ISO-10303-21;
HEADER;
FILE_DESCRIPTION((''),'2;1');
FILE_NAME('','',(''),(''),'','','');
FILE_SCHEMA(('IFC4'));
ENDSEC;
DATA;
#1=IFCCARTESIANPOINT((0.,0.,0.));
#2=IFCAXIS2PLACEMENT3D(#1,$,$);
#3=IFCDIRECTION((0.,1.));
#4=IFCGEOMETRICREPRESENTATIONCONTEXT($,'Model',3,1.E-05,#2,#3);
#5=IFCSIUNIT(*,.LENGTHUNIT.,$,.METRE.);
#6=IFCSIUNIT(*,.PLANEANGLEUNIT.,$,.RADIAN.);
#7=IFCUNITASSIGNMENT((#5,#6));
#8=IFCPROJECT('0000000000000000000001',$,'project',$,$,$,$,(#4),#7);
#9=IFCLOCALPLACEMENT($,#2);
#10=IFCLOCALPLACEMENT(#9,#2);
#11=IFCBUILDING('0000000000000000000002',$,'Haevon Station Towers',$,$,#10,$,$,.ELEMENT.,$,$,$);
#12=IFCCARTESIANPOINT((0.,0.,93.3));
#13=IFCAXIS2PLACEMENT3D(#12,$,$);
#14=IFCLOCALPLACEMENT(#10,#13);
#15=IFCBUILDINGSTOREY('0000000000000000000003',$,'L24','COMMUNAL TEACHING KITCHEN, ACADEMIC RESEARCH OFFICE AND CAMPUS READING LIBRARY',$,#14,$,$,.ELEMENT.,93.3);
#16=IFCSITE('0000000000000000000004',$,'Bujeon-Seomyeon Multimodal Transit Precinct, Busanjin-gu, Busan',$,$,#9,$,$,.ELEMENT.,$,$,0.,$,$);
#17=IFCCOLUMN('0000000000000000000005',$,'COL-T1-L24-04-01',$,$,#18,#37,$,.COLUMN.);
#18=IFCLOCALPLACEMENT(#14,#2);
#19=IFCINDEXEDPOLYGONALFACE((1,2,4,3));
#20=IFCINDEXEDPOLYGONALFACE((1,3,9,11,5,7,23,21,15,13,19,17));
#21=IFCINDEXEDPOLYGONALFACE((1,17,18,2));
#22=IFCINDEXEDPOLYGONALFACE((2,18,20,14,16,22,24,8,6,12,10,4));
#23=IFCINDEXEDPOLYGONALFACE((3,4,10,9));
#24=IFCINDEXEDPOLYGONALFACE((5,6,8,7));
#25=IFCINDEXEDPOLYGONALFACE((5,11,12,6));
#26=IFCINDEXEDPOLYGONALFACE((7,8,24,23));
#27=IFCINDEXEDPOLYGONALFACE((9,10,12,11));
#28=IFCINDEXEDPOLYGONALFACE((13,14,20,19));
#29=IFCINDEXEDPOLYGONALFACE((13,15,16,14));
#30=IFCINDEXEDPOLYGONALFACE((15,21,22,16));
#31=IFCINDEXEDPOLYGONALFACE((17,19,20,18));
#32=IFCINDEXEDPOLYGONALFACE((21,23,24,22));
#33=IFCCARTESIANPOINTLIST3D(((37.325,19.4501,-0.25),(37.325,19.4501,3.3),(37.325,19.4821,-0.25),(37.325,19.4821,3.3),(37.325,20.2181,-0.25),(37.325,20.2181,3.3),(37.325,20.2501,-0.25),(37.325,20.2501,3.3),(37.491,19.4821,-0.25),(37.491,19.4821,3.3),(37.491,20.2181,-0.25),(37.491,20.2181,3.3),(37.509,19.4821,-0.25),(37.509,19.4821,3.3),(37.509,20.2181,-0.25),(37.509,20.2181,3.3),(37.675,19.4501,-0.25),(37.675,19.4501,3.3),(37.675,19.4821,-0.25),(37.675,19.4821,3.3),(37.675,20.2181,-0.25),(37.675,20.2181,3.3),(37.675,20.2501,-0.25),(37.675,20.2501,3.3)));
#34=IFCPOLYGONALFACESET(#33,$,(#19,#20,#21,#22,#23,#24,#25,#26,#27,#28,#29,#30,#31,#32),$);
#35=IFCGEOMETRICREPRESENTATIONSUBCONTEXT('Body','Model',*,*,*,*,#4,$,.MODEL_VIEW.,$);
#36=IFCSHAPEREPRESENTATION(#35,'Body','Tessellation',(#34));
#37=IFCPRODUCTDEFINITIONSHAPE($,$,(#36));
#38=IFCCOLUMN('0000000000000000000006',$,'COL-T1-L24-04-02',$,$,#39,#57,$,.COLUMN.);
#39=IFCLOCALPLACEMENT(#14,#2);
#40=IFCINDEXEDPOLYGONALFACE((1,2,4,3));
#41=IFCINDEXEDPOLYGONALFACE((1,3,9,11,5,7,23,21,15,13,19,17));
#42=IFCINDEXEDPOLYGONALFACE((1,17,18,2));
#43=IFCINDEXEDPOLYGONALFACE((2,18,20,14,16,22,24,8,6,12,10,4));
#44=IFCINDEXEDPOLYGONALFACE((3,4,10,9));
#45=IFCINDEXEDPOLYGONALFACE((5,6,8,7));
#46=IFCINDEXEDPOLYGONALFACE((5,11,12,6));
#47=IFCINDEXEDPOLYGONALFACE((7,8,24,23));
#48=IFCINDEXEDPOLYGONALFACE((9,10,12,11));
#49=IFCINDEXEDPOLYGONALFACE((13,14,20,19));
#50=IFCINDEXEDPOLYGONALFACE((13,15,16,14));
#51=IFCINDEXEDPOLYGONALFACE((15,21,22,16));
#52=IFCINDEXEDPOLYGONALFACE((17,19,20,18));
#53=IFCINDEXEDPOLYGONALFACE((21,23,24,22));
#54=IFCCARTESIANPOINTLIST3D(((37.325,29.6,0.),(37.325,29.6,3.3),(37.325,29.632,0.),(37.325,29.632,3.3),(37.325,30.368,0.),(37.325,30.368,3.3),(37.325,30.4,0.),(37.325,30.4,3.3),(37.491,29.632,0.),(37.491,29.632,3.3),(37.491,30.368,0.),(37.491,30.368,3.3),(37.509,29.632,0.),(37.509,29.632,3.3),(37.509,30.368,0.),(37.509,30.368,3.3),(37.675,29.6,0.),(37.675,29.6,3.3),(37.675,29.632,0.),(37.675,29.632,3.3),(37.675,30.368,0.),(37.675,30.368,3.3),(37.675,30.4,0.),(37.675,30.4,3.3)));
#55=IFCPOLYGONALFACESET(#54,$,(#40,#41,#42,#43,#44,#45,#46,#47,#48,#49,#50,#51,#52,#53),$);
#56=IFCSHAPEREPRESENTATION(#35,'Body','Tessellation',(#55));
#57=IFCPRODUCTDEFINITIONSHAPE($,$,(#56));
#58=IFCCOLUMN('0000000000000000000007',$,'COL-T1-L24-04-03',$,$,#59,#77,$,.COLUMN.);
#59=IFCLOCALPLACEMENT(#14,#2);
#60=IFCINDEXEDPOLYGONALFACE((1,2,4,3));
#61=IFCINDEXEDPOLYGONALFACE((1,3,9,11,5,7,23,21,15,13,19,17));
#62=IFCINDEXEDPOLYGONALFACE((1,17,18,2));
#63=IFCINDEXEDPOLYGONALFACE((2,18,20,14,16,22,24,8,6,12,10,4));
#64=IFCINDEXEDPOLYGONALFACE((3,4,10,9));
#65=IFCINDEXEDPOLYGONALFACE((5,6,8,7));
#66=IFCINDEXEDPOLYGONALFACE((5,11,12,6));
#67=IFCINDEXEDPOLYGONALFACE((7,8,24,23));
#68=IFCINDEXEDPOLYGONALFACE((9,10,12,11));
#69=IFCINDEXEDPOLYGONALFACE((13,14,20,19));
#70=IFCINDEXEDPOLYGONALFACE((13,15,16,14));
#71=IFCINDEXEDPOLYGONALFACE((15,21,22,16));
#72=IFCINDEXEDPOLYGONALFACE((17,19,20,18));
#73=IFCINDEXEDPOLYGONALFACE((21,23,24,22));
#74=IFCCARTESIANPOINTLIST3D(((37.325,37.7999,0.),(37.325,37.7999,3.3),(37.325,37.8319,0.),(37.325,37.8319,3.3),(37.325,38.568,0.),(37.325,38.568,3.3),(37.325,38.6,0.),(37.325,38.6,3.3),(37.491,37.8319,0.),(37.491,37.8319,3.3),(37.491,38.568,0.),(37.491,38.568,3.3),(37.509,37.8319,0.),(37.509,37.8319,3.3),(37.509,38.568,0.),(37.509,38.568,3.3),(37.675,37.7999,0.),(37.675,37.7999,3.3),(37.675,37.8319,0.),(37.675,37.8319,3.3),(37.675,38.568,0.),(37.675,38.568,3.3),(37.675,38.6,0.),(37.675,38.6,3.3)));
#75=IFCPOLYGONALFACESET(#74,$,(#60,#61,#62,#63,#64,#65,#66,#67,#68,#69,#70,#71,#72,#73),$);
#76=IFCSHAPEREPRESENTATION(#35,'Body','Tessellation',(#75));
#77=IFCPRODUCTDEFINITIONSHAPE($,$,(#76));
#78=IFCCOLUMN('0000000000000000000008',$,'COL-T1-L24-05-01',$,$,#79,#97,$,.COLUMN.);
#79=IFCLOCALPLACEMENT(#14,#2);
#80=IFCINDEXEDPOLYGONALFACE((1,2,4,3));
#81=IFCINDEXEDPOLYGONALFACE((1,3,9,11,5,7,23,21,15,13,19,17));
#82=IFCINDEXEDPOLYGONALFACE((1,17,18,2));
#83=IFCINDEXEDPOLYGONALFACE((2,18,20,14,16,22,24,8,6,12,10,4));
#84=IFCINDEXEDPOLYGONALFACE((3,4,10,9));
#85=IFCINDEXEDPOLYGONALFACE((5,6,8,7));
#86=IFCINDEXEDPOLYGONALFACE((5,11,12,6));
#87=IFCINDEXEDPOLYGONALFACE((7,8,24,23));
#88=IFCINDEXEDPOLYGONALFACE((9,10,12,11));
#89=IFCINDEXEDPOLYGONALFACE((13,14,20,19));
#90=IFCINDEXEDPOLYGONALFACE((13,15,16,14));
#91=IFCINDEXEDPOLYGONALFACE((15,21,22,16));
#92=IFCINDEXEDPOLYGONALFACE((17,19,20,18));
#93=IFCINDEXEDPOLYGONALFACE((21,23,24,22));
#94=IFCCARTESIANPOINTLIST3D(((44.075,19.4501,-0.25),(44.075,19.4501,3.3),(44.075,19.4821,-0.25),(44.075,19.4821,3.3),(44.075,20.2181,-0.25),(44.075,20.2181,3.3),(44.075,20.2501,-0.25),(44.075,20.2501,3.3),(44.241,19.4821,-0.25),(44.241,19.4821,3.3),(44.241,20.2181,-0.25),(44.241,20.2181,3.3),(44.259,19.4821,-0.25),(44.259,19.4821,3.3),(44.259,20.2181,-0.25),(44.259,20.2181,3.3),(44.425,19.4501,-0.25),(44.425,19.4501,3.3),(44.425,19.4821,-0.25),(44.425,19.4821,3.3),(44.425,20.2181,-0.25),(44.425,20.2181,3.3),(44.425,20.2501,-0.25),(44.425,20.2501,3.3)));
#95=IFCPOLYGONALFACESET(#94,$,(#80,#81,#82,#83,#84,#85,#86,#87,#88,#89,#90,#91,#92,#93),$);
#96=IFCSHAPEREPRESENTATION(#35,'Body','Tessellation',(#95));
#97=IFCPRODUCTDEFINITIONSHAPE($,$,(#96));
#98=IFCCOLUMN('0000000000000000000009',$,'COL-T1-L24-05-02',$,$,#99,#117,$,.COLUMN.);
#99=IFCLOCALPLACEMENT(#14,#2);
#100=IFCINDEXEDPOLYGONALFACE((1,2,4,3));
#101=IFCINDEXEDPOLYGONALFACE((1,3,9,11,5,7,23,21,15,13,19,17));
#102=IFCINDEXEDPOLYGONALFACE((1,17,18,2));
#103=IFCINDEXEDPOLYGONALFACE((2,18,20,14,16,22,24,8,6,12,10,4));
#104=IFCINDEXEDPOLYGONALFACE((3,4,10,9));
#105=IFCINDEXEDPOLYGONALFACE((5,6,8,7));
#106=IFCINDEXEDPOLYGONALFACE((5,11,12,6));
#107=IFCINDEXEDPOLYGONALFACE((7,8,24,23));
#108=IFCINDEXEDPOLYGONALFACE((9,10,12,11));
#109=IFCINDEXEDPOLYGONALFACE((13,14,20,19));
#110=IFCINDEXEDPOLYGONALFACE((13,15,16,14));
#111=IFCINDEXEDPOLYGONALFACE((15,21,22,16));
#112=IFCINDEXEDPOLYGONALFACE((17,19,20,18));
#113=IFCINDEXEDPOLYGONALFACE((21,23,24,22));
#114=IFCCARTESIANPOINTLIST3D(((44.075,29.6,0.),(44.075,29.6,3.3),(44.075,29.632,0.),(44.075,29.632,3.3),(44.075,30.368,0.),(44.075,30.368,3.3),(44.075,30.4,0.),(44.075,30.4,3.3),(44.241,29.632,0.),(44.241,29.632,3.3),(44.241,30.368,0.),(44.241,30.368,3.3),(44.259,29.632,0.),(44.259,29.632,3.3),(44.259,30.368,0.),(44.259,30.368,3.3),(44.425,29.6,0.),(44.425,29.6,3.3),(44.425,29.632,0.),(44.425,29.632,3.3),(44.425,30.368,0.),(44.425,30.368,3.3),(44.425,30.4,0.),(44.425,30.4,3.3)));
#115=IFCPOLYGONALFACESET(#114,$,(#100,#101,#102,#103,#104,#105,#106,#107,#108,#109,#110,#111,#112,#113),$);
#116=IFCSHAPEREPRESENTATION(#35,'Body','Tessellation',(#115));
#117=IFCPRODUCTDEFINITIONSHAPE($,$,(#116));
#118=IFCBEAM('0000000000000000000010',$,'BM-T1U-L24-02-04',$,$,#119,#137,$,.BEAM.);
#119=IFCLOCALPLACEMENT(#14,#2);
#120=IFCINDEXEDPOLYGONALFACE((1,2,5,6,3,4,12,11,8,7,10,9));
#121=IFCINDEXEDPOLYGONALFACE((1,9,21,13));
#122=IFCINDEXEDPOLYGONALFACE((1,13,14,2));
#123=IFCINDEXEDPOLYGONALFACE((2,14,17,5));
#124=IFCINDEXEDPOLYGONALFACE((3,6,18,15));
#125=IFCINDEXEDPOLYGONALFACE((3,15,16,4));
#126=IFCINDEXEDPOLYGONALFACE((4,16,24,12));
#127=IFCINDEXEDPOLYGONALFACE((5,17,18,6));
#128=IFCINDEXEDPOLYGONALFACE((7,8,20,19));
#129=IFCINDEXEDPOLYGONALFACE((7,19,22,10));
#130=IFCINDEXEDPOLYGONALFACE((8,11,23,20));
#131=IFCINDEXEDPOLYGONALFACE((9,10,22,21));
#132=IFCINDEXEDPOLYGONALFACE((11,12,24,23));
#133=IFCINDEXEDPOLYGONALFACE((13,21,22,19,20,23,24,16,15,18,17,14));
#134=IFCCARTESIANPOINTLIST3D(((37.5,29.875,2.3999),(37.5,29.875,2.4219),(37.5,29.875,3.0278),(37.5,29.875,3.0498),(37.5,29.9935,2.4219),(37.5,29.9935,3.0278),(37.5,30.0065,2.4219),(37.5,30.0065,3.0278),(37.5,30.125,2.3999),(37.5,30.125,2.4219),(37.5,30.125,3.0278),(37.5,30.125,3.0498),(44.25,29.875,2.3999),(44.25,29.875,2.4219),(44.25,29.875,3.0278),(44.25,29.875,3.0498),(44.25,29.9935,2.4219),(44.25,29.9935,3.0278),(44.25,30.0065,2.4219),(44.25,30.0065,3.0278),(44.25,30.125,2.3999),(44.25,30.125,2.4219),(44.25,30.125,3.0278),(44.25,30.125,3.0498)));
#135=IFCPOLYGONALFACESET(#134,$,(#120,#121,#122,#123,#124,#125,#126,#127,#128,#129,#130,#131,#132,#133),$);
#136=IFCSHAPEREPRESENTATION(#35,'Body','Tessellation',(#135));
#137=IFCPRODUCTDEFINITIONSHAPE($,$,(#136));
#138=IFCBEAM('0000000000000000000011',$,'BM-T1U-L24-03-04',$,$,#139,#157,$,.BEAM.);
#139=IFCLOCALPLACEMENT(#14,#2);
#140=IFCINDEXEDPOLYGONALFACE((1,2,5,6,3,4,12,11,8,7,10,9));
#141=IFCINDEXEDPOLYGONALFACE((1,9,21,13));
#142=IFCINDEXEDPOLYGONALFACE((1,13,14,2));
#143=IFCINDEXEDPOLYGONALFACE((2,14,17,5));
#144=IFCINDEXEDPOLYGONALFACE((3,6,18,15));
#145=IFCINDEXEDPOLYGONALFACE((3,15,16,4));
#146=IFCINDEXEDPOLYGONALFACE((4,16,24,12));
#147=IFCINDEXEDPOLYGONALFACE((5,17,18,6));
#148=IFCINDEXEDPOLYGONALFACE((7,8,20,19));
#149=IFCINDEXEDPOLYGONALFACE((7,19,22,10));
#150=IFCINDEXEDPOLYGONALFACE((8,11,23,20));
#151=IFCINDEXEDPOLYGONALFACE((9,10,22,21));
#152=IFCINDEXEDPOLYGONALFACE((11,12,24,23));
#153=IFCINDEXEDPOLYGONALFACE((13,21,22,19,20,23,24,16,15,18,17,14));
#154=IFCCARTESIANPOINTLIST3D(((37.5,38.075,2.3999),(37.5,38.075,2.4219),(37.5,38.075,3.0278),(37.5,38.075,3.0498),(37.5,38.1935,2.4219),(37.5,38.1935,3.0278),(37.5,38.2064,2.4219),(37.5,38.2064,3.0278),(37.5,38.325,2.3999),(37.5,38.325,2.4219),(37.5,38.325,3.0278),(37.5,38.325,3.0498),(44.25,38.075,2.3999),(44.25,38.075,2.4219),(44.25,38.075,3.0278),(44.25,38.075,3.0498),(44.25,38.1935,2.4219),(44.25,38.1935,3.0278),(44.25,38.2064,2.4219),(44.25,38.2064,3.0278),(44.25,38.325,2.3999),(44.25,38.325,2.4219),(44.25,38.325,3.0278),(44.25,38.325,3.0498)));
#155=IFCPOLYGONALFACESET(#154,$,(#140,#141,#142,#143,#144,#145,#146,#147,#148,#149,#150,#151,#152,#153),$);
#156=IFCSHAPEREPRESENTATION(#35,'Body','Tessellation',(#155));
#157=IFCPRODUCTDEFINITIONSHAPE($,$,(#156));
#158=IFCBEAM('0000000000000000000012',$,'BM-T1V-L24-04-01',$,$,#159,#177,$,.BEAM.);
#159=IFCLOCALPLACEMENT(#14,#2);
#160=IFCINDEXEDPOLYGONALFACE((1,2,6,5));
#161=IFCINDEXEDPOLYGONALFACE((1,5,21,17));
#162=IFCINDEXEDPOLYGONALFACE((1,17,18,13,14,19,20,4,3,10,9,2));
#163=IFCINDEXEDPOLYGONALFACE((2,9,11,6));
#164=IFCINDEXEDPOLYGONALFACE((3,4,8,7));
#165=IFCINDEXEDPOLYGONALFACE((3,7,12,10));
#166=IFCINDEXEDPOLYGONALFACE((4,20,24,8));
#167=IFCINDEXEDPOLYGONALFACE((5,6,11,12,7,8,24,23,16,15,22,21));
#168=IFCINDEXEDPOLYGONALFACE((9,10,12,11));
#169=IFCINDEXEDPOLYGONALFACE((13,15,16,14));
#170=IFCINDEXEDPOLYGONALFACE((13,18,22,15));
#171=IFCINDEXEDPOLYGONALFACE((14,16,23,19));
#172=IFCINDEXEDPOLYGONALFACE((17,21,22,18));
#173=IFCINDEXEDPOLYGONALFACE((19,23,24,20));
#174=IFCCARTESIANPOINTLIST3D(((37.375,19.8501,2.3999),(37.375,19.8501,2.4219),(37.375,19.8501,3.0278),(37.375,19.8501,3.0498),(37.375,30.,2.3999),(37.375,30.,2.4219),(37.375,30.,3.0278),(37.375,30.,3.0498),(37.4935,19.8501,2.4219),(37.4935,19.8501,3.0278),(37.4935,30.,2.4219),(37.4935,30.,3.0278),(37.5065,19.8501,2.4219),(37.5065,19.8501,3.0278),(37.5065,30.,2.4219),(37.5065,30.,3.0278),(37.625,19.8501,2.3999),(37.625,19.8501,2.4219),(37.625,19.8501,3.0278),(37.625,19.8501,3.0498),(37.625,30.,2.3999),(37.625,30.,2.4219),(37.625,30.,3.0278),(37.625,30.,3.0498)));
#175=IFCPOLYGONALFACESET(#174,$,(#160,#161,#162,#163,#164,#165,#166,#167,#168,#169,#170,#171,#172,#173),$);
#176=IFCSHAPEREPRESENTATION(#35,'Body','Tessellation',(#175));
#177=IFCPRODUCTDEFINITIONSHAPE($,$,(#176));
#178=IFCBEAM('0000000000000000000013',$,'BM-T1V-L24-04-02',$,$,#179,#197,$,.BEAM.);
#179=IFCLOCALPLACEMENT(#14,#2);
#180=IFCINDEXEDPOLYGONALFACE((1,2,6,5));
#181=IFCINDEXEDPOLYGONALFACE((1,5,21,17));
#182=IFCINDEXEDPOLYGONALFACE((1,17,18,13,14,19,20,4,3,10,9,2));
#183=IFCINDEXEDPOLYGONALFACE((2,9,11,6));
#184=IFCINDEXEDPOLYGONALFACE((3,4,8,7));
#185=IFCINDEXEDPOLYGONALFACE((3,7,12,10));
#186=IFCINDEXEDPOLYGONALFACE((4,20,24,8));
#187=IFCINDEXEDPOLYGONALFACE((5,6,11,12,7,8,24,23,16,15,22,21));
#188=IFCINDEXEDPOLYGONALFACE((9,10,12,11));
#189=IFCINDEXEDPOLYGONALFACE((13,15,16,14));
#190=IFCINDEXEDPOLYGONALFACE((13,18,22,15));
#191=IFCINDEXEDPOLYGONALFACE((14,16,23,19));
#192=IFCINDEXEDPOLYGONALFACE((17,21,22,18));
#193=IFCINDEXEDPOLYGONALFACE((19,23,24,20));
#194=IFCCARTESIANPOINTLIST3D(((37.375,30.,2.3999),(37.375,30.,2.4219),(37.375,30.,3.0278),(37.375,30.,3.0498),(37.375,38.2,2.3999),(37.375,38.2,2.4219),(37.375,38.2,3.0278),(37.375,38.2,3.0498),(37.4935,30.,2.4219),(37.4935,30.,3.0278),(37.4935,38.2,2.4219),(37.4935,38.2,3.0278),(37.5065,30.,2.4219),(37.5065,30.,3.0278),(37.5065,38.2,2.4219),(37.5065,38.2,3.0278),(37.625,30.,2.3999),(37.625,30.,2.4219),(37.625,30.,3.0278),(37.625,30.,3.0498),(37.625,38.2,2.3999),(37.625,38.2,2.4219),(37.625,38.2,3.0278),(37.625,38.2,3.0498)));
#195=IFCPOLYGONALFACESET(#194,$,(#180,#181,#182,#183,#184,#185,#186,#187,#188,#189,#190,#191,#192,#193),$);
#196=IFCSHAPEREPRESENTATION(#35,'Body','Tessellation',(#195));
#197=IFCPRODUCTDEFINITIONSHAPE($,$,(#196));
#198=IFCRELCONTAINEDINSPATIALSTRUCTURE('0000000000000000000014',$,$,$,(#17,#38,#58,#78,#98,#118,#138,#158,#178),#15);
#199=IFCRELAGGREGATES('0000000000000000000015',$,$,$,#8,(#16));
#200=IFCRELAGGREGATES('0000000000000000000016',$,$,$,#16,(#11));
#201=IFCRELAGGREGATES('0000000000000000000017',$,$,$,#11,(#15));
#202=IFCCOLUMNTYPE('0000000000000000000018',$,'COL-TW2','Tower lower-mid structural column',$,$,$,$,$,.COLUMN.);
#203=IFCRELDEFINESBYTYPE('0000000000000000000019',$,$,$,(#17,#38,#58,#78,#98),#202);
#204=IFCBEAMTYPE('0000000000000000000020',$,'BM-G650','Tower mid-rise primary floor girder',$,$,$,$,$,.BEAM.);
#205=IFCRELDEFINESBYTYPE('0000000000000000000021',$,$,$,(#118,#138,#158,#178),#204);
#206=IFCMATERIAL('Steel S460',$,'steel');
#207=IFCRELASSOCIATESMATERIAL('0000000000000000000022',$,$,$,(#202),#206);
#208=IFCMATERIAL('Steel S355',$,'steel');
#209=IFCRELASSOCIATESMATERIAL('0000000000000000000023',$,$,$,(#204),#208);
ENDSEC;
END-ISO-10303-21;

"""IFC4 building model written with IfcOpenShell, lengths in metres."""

from ifc_helpers import new_model, si_unit, direction, frame, origin, origin_2d, place, context, subcontext, project, spatial, i_section, extrude, material, material_profile, profile_set, type_object, element, save


model = new_model("IFC4")

# Units and contexts
model_context = context("Model", 3, precision=1e-05, world=origin(), true_north=direction((0.0, 1.0)))
body_context = subcontext(model_context, "Body", "Model", "MODEL_VIEW")
ifc_project = project(units=[si_unit("LENGTHUNIT", "METRE"), si_unit("PLANEANGLEUNIT", "RADIAN")], contexts=[model_context])

# Site, building, storey
site_placement = place(None, origin())
site = spatial("IfcSite", under=ifc_project, at=site_placement, Name="Bujeon-Seomyeon Multimodal Transit Precinct, Busanjin-gu, Busan", CompositionType="ELEMENT", RefElevation=0.0)
building_placement = place(site_placement, origin())
building = spatial("IfcBuilding", under=site, at=building_placement, Name="Haevon Station Towers", CompositionType="ELEMENT")
storey_placement = place(building_placement, frame((0.0, 0.0, 93.3)))
storey = spatial("IfcBuildingStorey", under=building, at=storey_placement, Name="L24", Description="COMMUNAL TEACHING KITCHEN, ACADEMIC RESEARCH OFFICE AND CAMPUS READING LIBRARY", CompositionType="ELEMENT", Elevation=93.3)

# Columns
ifc_material_1 = material(Name="Steel S460", Category="steel")
ifc_material_profile_1 = material_profile(ifc_material_1, i_section(OverallWidth=0.3501, OverallDepth=0.8, WebThickness=0.0181, FlangeThickness=0.032, at=origin_2d()), Name="H-800x350x18x32")
ifc_profile_set_1 = profile_set([ifc_material_profile_1], Name="Steel S460")
column_type = type_object("IfcColumnType", Name="COL-TW2", Description="Tower lower-mid structural column", PredefinedType="COLUMN", material=ifc_profile_set_1)
column_1_placement = place(storey_placement, frame((37.5, 19.8501, -0.25), z_axis=(0.0, 0.0, 1.0), x_axis=(1.0, 0.0, 0.0)))
element("IfcColumn", 1, at=column_1_placement, inside=storey, type_object=column_type, Name="COL-T1-L24-04-01", PredefinedType="COLUMN", context=body_context, shape_type="SweptSolid", body=[
    extrude(i_section(OverallWidth=0.3501, OverallDepth=0.8, WebThickness=0.0181, FlangeThickness=0.032, at=origin_2d()), origin(), (0.0, 0.0, 1.0), 3.55),
])
for number, where, z_axis, x_axis, name in (
    (2, (37.5, 30.0, 0.0), (0.0, 0.0, 1.0), (1.0, 0.0, 0.0), "COL-T1-L24-04-02"),
    (3, (37.5, 38.2, 0.0), (0.0, 0.0, 1.0), (1.0, 0.0, 0.0), "COL-T1-L24-04-03"),
):
    element("IfcColumn", number, at=place(storey_placement, frame(where, z_axis=z_axis, x_axis=x_axis)), inside=storey, type_object=column_type, Name=name, PredefinedType="COLUMN", context=body_context, shape_type="SweptSolid", body=[
        extrude(i_section(OverallWidth=0.3501, OverallDepth=0.8, WebThickness=0.0181, FlangeThickness=0.032, at=origin_2d()), origin(), (0.0, 0.0, 1.0), 3.3),
    ])
column_2_placement = place(storey_placement, frame((44.25, 19.8501, -0.25), z_axis=(0.0, 0.0, 1.0), x_axis=(1.0, 0.0, 0.0)))
element("IfcColumn", 4, at=column_2_placement, inside=storey, type_object=column_type, Name="COL-T1-L24-05-01", PredefinedType="COLUMN", context=body_context, shape_type="SweptSolid", body=[
    extrude(i_section(OverallWidth=0.3501, OverallDepth=0.8, WebThickness=0.0181, FlangeThickness=0.032, at=origin_2d()), origin(), (0.0, 0.0, 1.0), 3.55),
])
column_3_placement = place(storey_placement, frame((44.25, 30.0, 0.0), z_axis=(0.0, 0.0, 1.0), x_axis=(1.0, 0.0, 0.0)))
element("IfcColumn", 5, at=column_3_placement, inside=storey, type_object=column_type, Name="COL-T1-L24-05-02", PredefinedType="COLUMN", context=body_context, shape_type="SweptSolid", body=[
    extrude(i_section(OverallWidth=0.3501, OverallDepth=0.8, WebThickness=0.0181, FlangeThickness=0.032, at=origin_2d()), origin(), (0.0, 0.0, 1.0), 3.3),
])

# Beams
ifc_material_2 = material(Name="Steel S355", Category="steel")
ifc_material_profile_2 = material_profile(ifc_material_2, i_section(OverallWidth=0.25, OverallDepth=0.6499, WebThickness=0.0129, FlangeThickness=0.022, at=origin_2d()), Name="H-650x250x13x22")
ifc_profile_set_2 = profile_set([ifc_material_profile_2], Name="Steel S355")
beam_type_1 = type_object("IfcBeamType", Name="BM-G650", Description="Tower mid-rise primary floor girder", PredefinedType="BEAM", material=ifc_profile_set_2)
for number, where, z_axis, x_axis, name in (
    (6, (37.5, 30.0, 2.7249), (1.0, 0.0, 0.0), (0.0, 1.0, 0.0), "BM-T1U-L24-02-04"),
    (7, (37.5, 38.2, 2.7249), (1.0, 0.0, 0.0), (0.0, 1.0, 0.0), "BM-T1U-L24-03-04"),
):
    element("IfcBeam", number, at=place(storey_placement, frame(where, z_axis=z_axis, x_axis=x_axis)), inside=storey, type_object=beam_type_1, Name=name, PredefinedType="BEAM", context=body_context, shape_type="SweptSolid", body=[
        extrude(i_section(OverallWidth=0.25, OverallDepth=0.6499, WebThickness=0.0129, FlangeThickness=0.022, at=origin_2d()), origin(), (0.0, 0.0, 1.0), 6.75),
    ])
beam_1_placement = place(storey_placement, frame((37.5, 19.8501, 2.7249), z_axis=(0.0, 1.0, 0.0), x_axis=(-1.0, 0.0, 0.0)))
element("IfcBeam", 8, at=beam_1_placement, inside=storey, type_object=beam_type_1, Name="BM-T1V-L24-04-01", PredefinedType="BEAM", context=body_context, shape_type="SweptSolid", body=[
    extrude(i_section(OverallWidth=0.25, OverallDepth=0.6499, WebThickness=0.0129, FlangeThickness=0.022, at=origin_2d()), origin(), (0.0, 0.0, 1.0), 10.1499),
])
beam_2_placement = place(storey_placement, frame((37.5, 30.0, 2.7249), z_axis=(0.0, 1.0, 0.0), x_axis=(-1.0, 0.0, 0.0)))
element("IfcBeam", 9, at=beam_2_placement, inside=storey, type_object=beam_type_1, Name="BM-T1V-L24-04-02", PredefinedType="BEAM", context=body_context, shape_type="SweptSolid", body=[
    extrude(i_section(OverallWidth=0.25, OverallDepth=0.6499, WebThickness=0.0129, FlangeThickness=0.022, at=origin_2d()), origin(), (0.0, 0.0, 1.0), 8.2),
])

save(model, "model.ifc")
